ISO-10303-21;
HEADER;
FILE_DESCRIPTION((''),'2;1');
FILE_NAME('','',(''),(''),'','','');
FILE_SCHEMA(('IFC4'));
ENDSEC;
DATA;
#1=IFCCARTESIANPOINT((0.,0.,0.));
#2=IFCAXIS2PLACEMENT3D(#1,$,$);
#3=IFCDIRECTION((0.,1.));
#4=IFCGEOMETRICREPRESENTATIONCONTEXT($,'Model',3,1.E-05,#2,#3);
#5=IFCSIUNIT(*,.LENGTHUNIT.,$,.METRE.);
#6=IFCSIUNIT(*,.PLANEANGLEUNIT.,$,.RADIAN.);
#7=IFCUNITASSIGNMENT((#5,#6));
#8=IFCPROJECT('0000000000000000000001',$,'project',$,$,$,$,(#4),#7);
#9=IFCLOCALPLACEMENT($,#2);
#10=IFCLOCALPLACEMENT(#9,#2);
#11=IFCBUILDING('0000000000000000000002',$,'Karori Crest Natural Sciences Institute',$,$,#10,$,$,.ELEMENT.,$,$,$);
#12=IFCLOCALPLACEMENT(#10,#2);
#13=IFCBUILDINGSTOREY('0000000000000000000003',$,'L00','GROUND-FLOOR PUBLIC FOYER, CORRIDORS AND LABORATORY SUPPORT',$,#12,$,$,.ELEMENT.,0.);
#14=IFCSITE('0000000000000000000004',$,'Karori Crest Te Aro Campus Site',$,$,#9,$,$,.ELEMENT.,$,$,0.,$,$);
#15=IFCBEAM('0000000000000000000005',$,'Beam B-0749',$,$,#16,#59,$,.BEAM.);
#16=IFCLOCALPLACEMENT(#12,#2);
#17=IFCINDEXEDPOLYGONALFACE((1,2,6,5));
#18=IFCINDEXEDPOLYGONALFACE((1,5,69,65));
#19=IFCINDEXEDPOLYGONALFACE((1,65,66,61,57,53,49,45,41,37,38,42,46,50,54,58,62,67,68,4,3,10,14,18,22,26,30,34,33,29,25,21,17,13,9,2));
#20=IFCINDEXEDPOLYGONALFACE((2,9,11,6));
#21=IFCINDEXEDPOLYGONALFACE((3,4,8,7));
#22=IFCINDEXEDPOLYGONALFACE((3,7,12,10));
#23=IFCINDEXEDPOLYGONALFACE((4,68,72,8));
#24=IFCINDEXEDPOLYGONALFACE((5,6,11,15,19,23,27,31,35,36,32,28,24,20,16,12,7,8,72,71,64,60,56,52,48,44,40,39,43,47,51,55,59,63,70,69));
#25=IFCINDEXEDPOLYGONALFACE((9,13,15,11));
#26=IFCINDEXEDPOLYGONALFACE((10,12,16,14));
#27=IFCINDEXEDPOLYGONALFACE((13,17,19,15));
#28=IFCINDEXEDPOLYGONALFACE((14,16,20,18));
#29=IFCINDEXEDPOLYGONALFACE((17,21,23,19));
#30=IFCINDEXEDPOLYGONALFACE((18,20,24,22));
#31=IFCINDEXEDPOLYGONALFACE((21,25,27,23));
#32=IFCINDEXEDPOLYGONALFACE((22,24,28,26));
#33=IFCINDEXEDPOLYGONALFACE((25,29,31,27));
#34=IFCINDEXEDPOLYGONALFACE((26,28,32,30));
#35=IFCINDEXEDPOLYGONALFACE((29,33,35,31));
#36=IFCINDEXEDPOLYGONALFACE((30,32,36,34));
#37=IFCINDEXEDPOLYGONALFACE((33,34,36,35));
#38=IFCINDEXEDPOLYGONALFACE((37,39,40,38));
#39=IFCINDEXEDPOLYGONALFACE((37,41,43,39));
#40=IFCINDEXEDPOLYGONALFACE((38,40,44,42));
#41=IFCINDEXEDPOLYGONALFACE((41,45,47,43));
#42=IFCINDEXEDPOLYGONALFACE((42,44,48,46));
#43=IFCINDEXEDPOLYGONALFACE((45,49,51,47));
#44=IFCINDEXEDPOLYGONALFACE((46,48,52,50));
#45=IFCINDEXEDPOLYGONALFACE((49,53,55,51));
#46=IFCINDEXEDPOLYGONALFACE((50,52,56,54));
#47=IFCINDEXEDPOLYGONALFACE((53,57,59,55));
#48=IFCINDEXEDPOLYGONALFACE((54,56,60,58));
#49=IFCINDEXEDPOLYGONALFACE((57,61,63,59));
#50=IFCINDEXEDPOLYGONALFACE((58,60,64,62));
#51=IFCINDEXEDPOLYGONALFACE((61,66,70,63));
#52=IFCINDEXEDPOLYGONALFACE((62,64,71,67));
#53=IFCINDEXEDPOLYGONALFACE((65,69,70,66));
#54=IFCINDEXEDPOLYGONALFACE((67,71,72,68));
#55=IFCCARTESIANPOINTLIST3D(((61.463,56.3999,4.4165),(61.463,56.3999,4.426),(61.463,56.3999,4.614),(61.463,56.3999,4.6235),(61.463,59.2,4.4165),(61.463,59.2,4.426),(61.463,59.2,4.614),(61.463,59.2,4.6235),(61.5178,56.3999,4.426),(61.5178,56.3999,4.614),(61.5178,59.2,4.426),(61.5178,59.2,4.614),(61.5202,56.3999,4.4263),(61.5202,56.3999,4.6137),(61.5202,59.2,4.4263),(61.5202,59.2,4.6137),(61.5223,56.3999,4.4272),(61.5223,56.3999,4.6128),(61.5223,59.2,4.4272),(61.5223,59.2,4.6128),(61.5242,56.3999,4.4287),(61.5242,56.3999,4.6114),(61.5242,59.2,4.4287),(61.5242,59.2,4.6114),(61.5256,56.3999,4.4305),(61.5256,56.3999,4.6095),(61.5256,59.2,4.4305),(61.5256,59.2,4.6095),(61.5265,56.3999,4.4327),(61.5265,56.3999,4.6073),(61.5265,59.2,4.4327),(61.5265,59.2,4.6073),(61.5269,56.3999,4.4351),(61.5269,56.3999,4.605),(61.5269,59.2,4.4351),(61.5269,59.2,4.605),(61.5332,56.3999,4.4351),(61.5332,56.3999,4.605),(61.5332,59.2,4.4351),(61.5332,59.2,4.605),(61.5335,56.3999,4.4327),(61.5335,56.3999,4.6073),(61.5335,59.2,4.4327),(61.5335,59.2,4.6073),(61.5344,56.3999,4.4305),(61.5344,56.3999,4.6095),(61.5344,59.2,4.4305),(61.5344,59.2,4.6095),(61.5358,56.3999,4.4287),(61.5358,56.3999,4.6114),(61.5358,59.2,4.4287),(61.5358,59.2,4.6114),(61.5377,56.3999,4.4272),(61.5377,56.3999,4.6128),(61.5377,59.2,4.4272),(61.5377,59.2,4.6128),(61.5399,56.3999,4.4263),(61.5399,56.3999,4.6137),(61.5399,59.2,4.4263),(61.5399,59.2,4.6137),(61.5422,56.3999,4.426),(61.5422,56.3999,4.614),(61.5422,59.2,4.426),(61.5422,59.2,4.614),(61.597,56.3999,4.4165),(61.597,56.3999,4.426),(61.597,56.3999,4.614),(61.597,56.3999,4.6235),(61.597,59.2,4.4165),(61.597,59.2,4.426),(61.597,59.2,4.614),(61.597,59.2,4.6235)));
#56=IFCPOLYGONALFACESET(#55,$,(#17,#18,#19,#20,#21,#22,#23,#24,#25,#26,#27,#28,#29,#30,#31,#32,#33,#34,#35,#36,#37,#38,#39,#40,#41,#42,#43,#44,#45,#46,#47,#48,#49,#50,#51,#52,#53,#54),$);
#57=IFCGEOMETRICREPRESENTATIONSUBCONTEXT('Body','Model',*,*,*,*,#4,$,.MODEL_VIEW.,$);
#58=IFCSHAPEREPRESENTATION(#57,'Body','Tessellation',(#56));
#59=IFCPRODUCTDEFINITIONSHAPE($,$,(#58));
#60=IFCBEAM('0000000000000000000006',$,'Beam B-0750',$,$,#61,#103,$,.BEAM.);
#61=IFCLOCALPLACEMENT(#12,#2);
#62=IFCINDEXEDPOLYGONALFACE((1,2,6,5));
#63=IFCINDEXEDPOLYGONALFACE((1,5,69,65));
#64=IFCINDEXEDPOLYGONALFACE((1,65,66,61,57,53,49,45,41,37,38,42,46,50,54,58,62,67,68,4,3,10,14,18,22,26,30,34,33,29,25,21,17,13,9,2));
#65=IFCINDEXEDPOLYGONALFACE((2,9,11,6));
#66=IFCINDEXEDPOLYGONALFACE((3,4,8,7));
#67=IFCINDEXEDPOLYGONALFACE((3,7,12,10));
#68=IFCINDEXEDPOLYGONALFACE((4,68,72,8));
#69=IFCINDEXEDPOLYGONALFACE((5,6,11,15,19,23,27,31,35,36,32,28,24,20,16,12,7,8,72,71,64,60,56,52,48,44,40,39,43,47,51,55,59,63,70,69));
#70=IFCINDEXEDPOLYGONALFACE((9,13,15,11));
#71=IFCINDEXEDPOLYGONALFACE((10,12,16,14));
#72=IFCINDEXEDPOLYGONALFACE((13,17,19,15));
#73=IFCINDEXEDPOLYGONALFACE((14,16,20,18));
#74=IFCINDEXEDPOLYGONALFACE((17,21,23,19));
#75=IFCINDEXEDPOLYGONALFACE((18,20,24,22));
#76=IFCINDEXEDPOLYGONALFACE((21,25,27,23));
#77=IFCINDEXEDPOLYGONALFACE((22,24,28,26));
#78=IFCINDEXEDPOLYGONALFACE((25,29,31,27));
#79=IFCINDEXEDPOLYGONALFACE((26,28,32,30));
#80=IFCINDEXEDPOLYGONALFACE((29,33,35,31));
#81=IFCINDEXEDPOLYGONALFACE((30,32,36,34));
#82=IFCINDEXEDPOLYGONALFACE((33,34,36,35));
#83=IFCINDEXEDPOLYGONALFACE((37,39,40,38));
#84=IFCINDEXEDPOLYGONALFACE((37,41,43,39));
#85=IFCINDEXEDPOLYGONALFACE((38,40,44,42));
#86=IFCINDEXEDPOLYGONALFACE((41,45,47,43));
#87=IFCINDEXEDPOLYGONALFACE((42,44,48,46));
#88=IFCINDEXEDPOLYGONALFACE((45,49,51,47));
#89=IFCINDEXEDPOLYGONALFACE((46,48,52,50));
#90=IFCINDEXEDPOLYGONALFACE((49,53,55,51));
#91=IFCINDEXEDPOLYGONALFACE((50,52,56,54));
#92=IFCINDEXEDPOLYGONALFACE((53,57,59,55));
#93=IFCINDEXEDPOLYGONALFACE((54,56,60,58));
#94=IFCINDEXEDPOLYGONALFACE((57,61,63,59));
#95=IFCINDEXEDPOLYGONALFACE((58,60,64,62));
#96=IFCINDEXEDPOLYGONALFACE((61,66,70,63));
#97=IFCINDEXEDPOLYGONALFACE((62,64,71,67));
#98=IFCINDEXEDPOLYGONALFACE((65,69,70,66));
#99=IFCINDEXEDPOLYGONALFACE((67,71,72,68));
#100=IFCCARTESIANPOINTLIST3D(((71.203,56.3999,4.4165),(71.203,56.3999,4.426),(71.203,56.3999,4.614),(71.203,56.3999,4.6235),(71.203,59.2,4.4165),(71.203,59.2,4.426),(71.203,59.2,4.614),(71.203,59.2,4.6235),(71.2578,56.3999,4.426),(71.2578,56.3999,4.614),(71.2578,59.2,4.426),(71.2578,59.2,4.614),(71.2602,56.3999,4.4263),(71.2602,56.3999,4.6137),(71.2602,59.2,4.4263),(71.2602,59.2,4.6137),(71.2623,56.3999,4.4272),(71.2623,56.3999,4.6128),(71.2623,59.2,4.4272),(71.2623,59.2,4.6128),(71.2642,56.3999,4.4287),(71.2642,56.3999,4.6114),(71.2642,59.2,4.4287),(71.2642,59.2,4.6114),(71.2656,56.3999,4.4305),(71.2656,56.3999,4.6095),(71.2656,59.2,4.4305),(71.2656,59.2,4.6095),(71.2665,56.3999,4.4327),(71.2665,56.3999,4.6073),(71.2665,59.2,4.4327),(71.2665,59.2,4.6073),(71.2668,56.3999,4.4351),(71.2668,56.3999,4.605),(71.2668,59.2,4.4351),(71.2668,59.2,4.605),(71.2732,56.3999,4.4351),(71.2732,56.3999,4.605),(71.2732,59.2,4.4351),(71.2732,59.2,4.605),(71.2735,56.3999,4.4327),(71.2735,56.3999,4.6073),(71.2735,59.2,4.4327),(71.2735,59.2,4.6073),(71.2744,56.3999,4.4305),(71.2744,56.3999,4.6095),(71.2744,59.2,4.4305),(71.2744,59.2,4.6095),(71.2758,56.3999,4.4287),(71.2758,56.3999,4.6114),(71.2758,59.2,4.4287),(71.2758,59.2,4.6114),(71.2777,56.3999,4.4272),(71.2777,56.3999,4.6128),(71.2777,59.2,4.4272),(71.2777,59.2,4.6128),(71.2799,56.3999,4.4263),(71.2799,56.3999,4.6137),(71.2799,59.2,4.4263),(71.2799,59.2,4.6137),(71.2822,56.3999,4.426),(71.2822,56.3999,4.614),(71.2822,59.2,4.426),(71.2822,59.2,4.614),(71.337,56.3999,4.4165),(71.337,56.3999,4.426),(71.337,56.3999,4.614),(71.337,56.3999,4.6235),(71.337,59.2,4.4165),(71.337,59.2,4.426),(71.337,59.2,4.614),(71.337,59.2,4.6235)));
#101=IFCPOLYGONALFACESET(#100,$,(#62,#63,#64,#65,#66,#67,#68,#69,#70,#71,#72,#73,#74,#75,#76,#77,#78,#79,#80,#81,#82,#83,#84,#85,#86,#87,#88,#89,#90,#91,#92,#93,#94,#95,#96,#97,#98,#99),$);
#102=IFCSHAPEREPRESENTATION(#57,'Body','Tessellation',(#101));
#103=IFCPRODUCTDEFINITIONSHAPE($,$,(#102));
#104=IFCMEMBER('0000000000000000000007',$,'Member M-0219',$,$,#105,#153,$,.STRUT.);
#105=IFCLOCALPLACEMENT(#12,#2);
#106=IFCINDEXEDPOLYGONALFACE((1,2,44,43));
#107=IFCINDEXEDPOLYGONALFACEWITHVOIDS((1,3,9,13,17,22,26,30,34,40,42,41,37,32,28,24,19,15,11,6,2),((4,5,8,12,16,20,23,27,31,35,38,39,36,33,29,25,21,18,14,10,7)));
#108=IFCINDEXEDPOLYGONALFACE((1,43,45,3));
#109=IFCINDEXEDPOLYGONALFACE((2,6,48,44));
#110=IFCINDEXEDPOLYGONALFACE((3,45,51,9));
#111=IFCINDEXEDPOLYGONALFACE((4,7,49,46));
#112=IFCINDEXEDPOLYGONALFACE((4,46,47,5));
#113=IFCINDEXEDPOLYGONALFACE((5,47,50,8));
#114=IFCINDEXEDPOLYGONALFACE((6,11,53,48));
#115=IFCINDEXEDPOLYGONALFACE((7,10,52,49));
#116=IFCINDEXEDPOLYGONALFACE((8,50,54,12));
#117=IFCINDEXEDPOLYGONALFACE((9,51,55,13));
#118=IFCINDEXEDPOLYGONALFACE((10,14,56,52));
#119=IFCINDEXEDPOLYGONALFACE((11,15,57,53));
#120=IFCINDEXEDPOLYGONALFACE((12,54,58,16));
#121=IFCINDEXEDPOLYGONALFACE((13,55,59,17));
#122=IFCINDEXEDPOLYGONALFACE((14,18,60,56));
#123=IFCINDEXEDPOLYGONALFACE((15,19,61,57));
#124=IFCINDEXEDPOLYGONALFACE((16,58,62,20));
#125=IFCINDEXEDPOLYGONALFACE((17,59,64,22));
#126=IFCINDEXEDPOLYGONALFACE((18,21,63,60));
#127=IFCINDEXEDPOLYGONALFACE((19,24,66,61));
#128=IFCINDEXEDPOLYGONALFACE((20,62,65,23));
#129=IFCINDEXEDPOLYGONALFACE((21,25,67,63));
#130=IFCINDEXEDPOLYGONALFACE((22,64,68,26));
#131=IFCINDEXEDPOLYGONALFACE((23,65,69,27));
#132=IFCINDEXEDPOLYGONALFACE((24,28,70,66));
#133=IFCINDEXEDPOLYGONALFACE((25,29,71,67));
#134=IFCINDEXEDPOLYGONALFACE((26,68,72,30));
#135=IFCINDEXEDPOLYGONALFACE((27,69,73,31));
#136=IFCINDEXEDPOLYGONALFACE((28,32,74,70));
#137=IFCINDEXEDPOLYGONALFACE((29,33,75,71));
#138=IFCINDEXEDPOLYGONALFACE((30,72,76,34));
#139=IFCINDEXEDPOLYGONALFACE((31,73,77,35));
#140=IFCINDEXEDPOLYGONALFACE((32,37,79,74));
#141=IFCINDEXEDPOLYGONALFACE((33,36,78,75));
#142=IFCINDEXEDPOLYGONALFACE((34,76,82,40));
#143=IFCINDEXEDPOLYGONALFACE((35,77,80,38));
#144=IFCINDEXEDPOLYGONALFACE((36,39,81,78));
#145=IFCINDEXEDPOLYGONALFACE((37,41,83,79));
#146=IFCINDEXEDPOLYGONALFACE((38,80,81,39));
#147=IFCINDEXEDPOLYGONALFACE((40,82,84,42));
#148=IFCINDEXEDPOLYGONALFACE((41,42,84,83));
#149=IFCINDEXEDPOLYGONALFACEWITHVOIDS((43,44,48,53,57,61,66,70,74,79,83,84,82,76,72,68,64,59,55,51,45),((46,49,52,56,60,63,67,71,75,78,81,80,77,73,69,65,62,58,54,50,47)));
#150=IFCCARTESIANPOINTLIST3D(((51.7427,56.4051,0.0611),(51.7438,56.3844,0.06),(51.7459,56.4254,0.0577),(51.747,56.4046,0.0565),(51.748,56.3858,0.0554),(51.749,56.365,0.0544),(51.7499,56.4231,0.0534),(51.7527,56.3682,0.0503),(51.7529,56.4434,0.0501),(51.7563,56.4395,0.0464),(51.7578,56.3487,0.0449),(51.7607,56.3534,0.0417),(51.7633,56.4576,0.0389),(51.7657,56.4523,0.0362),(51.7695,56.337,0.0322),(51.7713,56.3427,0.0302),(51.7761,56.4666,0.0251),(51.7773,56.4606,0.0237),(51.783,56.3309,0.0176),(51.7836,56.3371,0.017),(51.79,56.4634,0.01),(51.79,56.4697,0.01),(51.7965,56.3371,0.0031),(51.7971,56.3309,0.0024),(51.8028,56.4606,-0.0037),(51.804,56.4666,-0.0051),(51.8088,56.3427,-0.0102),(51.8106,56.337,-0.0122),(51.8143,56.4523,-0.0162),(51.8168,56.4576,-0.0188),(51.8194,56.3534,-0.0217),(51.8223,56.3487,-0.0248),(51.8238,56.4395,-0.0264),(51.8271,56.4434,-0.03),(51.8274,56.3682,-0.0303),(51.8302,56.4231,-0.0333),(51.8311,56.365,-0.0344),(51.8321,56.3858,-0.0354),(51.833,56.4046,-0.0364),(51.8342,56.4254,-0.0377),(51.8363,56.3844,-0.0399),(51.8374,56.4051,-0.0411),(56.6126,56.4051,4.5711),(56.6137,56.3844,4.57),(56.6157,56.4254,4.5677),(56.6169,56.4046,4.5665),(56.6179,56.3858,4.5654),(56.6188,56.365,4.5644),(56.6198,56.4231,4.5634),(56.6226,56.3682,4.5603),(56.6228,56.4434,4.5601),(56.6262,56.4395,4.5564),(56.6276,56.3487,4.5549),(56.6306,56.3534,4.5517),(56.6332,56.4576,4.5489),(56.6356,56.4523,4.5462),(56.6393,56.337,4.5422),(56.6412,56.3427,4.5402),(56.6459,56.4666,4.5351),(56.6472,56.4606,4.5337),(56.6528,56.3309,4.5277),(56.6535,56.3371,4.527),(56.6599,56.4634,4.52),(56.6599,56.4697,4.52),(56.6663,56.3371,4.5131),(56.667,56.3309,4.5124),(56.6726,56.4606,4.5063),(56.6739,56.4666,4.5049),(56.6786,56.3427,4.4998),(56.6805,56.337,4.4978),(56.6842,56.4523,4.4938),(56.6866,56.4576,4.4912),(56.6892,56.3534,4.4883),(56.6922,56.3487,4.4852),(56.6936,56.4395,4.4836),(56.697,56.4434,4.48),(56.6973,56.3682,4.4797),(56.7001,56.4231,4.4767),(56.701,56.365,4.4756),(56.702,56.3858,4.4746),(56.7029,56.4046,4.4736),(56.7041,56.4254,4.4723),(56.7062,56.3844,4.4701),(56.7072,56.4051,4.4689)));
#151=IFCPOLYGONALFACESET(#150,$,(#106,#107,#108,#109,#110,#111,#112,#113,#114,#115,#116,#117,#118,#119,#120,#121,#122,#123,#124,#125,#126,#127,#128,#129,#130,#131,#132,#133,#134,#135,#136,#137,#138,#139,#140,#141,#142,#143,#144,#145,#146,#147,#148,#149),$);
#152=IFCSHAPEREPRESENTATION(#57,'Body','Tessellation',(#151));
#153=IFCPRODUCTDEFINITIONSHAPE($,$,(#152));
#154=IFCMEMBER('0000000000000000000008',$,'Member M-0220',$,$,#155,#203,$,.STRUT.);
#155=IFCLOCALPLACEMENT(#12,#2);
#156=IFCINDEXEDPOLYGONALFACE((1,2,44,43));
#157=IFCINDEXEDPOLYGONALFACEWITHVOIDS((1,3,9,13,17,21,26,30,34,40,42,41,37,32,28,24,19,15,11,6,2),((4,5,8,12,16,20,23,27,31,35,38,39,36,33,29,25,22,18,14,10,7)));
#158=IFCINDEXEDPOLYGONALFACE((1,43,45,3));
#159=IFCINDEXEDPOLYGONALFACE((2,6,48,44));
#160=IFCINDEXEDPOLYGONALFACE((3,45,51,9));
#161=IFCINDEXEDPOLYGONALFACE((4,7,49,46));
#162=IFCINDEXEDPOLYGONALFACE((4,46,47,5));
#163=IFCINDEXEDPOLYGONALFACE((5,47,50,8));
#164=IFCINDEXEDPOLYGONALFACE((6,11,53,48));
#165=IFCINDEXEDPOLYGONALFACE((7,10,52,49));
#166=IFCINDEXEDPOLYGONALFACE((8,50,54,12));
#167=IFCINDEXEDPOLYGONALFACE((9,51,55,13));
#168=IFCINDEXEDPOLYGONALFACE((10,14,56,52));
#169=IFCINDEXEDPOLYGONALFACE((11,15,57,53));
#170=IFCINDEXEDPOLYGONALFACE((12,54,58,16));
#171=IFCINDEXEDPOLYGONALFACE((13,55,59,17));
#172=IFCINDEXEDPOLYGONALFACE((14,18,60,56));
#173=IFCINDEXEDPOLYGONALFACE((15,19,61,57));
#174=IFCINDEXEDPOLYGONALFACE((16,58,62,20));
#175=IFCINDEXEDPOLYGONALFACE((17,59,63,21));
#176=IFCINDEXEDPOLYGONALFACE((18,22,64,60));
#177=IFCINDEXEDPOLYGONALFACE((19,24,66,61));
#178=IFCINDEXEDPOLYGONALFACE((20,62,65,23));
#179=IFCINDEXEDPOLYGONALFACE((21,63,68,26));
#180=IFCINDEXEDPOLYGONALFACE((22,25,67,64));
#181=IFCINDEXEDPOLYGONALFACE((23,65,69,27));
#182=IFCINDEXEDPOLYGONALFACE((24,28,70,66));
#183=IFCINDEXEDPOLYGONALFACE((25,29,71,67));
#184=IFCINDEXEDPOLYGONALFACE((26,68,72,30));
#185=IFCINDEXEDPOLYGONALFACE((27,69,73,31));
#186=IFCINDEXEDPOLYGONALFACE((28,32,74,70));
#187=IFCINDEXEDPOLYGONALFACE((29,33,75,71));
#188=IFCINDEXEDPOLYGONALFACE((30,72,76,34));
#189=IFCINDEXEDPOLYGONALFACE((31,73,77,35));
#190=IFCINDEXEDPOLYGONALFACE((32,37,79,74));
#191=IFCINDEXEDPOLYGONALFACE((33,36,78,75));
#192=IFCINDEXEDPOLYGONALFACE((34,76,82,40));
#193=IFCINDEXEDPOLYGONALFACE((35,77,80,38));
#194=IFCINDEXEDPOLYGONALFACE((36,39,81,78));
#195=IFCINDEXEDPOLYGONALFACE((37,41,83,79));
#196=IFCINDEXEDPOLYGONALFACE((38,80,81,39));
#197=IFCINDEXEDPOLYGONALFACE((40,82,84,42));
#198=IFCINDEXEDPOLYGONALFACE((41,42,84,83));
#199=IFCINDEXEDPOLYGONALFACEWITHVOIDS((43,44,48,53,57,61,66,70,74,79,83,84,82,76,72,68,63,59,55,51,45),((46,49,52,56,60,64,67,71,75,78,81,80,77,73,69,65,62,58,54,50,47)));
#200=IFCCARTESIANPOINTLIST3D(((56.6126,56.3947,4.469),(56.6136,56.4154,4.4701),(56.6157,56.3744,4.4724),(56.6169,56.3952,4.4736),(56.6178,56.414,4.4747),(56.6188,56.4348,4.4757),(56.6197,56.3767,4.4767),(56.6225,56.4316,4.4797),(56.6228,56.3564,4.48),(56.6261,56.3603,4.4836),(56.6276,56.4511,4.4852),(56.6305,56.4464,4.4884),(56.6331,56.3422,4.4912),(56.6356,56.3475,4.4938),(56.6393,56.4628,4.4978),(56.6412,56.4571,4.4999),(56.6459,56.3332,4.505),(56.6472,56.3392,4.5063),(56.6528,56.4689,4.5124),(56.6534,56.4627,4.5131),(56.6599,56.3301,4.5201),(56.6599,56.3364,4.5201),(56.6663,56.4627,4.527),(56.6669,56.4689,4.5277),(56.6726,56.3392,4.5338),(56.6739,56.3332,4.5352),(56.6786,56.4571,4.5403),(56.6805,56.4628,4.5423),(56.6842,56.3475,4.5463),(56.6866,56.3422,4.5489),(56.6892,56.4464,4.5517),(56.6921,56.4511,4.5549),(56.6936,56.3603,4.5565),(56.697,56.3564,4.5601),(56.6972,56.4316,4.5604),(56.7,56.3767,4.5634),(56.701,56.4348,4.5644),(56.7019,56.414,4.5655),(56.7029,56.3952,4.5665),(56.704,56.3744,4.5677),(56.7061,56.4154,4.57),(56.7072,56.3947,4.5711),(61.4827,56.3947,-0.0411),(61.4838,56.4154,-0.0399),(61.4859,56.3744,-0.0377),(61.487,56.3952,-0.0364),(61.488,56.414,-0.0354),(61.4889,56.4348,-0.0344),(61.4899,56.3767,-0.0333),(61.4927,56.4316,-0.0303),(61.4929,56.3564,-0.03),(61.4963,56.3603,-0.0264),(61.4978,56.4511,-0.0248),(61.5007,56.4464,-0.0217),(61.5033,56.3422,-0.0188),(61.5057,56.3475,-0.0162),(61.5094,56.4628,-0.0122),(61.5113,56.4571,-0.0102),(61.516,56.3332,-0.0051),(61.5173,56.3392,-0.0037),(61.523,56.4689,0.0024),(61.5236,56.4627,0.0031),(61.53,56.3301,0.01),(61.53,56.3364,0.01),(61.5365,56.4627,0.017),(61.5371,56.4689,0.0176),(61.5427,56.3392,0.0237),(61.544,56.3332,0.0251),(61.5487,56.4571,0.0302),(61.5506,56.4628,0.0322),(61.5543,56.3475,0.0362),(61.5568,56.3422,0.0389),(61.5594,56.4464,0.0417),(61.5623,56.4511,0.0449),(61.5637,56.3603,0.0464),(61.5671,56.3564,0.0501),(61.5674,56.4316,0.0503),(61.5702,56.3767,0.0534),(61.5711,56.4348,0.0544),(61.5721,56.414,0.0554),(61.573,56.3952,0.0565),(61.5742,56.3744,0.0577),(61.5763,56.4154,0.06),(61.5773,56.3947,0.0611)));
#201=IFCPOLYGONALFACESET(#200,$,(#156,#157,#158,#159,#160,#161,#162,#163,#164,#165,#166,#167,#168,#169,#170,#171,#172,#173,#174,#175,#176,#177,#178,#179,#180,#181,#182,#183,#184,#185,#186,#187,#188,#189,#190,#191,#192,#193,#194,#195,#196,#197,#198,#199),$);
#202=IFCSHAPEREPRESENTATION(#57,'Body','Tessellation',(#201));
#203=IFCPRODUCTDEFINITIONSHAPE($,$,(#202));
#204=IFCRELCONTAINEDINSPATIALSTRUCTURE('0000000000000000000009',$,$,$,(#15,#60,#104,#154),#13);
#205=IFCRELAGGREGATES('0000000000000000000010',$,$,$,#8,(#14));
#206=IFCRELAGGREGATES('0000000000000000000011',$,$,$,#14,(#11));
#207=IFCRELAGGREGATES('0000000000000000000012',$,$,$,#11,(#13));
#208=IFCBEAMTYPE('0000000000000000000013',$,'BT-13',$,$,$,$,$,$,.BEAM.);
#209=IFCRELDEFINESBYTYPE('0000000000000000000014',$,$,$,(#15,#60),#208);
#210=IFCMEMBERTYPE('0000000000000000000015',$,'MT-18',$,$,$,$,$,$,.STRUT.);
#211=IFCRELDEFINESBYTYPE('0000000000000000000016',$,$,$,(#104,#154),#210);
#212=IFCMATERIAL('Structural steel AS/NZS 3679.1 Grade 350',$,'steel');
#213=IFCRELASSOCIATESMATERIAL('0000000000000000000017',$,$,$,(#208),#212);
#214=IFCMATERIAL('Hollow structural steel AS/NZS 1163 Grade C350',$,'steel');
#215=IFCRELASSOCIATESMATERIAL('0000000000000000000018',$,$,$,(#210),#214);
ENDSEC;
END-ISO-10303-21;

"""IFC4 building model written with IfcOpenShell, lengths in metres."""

from ifc_helpers import new_model, si_unit, direction, frame, origin, origin_2d, place, context, subcontext, project, spatial, hollow_circle, i_section, extrude, material, material_profile, profile_set, type_object, element, save


model = new_model("IFC4")

# Units and contexts
model_context = context("Model", 3, precision=1e-05, world=origin(), true_north=direction((0.0, 1.0)))
body_context = subcontext(model_context, "Body", "Model", "MODEL_VIEW")
ifc_project = project(units=[si_unit("LENGTHUNIT", "METRE"), si_unit("PLANEANGLEUNIT", "RADIAN")], contexts=[model_context])

# Site, building, storey
site_placement = place(None, origin())
site = spatial("IfcSite", under=ifc_project, at=site_placement, Name="Karori Crest Te Aro Campus Site", CompositionType="ELEMENT", RefElevation=0.0)
building_placement = place(site_placement, origin())
building = spatial("IfcBuilding", under=site, at=building_placement, Name="Karori Crest Natural Sciences Institute", CompositionType="ELEMENT")
storey_placement = place(building_placement, origin())
storey = spatial("IfcBuildingStorey", under=building, at=storey_placement, Name="L00", Description="GROUND-FLOOR PUBLIC FOYER, CORRIDORS AND LABORATORY SUPPORT", CompositionType="ELEMENT", Elevation=0.0)

# Shared definitions
ifc_material_1 = material(Name="Hollow structural steel AS/NZS 1163 Grade C350", Category="steel")

# Beams
ifc_material_2 = material(Name="Structural steel AS/NZS 3679.1 Grade 350", Category="steel")
ifc_material_profile_1 = material_profile(ifc_material_2, i_section(OverallWidth=0.134, OverallDepth=0.207, WebThickness=0.0063, FlangeThickness=0.0095, FilletRadius=0.009, at=origin_2d()), Name="200UB29.8")
ifc_profile_set_1 = profile_set([ifc_material_profile_1], Name="Structural steel AS/NZS 3679.1 Grade 350")
beam_type_1 = type_object("IfcBeamType", Name="BT-13", PredefinedType="BEAM", material=ifc_profile_set_1)
for number, where, z_axis, x_axis, name in (
    (1, (61.53, 56.3999, 4.52), (0.0, 1.0, 0.0), (-1.0, 0.0, 0.0), "Beam B-0749"),
    (2, (71.27, 56.3999, 4.52), (0.0, 1.0, 0.0), (-1.0, 0.0, 0.0), "Beam B-0750"),
):
    element("IfcBeam", number, at=place(storey_placement, frame(where, z_axis=z_axis, x_axis=x_axis)), inside=storey, type_object=beam_type_1, Name=name, PredefinedType="BEAM", context=body_context, shape_type="SweptSolid", body=[
        extrude(i_section(OverallWidth=0.134, OverallDepth=0.207, WebThickness=0.0063, FlangeThickness=0.0095, FilletRadius=0.009, at=origin_2d()), origin(), (0.0, 0.0, 1.0), 2.8),
    ])

# Members
ifc_material_profile_2 = material_profile(ifc_material_1, hollow_circle(Radius=0.0698, WallThickness=0.0063, at=origin_2d()), Name="CHS139.7x6.4")
ifc_profile_set_2 = profile_set([ifc_material_profile_2], Name="Hollow structural steel AS/NZS 1163 Grade C350")
member_type = type_object("IfcMemberType", Name="MT-18", PredefinedType="STRUT", material=ifc_profile_set_2)
member_1_placement = place(storey_placement, frame((51.79, 56.3999, 0.01), z_axis=(0.733695, 0.0, 0.679478), x_axis=(0.0, 1.0, 0.0)))
element("IfcMember", 3, at=member_1_placement, inside=storey, type_object=member_type, Name="Member M-0219", PredefinedType="STRUT", context=body_context, shape_type="SweptSolid", body=[
    extrude(hollow_circle(Radius=0.0698, WallThickness=0.0063, at=origin_2d()), origin(), (0.0, 0.0, 1.0), 6.6375),
])
member_2_placement = place(storey_placement, frame((61.53, 56.3999, 0.01), z_axis=(-0.733712, 0.0, 0.67946), x_axis=(0.0, -1.0, 0.0)))
element("IfcMember", 4, at=member_2_placement, inside=storey, type_object=member_type, Name="Member M-0220", PredefinedType="STRUT", context=body_context, shape_type="SweptSolid", body=[
    extrude(hollow_circle(Radius=0.0698, WallThickness=0.0063, at=origin_2d()), origin(), (0.0, 0.0, 1.0), 6.6377),
])

save(model, "model.ifc")
